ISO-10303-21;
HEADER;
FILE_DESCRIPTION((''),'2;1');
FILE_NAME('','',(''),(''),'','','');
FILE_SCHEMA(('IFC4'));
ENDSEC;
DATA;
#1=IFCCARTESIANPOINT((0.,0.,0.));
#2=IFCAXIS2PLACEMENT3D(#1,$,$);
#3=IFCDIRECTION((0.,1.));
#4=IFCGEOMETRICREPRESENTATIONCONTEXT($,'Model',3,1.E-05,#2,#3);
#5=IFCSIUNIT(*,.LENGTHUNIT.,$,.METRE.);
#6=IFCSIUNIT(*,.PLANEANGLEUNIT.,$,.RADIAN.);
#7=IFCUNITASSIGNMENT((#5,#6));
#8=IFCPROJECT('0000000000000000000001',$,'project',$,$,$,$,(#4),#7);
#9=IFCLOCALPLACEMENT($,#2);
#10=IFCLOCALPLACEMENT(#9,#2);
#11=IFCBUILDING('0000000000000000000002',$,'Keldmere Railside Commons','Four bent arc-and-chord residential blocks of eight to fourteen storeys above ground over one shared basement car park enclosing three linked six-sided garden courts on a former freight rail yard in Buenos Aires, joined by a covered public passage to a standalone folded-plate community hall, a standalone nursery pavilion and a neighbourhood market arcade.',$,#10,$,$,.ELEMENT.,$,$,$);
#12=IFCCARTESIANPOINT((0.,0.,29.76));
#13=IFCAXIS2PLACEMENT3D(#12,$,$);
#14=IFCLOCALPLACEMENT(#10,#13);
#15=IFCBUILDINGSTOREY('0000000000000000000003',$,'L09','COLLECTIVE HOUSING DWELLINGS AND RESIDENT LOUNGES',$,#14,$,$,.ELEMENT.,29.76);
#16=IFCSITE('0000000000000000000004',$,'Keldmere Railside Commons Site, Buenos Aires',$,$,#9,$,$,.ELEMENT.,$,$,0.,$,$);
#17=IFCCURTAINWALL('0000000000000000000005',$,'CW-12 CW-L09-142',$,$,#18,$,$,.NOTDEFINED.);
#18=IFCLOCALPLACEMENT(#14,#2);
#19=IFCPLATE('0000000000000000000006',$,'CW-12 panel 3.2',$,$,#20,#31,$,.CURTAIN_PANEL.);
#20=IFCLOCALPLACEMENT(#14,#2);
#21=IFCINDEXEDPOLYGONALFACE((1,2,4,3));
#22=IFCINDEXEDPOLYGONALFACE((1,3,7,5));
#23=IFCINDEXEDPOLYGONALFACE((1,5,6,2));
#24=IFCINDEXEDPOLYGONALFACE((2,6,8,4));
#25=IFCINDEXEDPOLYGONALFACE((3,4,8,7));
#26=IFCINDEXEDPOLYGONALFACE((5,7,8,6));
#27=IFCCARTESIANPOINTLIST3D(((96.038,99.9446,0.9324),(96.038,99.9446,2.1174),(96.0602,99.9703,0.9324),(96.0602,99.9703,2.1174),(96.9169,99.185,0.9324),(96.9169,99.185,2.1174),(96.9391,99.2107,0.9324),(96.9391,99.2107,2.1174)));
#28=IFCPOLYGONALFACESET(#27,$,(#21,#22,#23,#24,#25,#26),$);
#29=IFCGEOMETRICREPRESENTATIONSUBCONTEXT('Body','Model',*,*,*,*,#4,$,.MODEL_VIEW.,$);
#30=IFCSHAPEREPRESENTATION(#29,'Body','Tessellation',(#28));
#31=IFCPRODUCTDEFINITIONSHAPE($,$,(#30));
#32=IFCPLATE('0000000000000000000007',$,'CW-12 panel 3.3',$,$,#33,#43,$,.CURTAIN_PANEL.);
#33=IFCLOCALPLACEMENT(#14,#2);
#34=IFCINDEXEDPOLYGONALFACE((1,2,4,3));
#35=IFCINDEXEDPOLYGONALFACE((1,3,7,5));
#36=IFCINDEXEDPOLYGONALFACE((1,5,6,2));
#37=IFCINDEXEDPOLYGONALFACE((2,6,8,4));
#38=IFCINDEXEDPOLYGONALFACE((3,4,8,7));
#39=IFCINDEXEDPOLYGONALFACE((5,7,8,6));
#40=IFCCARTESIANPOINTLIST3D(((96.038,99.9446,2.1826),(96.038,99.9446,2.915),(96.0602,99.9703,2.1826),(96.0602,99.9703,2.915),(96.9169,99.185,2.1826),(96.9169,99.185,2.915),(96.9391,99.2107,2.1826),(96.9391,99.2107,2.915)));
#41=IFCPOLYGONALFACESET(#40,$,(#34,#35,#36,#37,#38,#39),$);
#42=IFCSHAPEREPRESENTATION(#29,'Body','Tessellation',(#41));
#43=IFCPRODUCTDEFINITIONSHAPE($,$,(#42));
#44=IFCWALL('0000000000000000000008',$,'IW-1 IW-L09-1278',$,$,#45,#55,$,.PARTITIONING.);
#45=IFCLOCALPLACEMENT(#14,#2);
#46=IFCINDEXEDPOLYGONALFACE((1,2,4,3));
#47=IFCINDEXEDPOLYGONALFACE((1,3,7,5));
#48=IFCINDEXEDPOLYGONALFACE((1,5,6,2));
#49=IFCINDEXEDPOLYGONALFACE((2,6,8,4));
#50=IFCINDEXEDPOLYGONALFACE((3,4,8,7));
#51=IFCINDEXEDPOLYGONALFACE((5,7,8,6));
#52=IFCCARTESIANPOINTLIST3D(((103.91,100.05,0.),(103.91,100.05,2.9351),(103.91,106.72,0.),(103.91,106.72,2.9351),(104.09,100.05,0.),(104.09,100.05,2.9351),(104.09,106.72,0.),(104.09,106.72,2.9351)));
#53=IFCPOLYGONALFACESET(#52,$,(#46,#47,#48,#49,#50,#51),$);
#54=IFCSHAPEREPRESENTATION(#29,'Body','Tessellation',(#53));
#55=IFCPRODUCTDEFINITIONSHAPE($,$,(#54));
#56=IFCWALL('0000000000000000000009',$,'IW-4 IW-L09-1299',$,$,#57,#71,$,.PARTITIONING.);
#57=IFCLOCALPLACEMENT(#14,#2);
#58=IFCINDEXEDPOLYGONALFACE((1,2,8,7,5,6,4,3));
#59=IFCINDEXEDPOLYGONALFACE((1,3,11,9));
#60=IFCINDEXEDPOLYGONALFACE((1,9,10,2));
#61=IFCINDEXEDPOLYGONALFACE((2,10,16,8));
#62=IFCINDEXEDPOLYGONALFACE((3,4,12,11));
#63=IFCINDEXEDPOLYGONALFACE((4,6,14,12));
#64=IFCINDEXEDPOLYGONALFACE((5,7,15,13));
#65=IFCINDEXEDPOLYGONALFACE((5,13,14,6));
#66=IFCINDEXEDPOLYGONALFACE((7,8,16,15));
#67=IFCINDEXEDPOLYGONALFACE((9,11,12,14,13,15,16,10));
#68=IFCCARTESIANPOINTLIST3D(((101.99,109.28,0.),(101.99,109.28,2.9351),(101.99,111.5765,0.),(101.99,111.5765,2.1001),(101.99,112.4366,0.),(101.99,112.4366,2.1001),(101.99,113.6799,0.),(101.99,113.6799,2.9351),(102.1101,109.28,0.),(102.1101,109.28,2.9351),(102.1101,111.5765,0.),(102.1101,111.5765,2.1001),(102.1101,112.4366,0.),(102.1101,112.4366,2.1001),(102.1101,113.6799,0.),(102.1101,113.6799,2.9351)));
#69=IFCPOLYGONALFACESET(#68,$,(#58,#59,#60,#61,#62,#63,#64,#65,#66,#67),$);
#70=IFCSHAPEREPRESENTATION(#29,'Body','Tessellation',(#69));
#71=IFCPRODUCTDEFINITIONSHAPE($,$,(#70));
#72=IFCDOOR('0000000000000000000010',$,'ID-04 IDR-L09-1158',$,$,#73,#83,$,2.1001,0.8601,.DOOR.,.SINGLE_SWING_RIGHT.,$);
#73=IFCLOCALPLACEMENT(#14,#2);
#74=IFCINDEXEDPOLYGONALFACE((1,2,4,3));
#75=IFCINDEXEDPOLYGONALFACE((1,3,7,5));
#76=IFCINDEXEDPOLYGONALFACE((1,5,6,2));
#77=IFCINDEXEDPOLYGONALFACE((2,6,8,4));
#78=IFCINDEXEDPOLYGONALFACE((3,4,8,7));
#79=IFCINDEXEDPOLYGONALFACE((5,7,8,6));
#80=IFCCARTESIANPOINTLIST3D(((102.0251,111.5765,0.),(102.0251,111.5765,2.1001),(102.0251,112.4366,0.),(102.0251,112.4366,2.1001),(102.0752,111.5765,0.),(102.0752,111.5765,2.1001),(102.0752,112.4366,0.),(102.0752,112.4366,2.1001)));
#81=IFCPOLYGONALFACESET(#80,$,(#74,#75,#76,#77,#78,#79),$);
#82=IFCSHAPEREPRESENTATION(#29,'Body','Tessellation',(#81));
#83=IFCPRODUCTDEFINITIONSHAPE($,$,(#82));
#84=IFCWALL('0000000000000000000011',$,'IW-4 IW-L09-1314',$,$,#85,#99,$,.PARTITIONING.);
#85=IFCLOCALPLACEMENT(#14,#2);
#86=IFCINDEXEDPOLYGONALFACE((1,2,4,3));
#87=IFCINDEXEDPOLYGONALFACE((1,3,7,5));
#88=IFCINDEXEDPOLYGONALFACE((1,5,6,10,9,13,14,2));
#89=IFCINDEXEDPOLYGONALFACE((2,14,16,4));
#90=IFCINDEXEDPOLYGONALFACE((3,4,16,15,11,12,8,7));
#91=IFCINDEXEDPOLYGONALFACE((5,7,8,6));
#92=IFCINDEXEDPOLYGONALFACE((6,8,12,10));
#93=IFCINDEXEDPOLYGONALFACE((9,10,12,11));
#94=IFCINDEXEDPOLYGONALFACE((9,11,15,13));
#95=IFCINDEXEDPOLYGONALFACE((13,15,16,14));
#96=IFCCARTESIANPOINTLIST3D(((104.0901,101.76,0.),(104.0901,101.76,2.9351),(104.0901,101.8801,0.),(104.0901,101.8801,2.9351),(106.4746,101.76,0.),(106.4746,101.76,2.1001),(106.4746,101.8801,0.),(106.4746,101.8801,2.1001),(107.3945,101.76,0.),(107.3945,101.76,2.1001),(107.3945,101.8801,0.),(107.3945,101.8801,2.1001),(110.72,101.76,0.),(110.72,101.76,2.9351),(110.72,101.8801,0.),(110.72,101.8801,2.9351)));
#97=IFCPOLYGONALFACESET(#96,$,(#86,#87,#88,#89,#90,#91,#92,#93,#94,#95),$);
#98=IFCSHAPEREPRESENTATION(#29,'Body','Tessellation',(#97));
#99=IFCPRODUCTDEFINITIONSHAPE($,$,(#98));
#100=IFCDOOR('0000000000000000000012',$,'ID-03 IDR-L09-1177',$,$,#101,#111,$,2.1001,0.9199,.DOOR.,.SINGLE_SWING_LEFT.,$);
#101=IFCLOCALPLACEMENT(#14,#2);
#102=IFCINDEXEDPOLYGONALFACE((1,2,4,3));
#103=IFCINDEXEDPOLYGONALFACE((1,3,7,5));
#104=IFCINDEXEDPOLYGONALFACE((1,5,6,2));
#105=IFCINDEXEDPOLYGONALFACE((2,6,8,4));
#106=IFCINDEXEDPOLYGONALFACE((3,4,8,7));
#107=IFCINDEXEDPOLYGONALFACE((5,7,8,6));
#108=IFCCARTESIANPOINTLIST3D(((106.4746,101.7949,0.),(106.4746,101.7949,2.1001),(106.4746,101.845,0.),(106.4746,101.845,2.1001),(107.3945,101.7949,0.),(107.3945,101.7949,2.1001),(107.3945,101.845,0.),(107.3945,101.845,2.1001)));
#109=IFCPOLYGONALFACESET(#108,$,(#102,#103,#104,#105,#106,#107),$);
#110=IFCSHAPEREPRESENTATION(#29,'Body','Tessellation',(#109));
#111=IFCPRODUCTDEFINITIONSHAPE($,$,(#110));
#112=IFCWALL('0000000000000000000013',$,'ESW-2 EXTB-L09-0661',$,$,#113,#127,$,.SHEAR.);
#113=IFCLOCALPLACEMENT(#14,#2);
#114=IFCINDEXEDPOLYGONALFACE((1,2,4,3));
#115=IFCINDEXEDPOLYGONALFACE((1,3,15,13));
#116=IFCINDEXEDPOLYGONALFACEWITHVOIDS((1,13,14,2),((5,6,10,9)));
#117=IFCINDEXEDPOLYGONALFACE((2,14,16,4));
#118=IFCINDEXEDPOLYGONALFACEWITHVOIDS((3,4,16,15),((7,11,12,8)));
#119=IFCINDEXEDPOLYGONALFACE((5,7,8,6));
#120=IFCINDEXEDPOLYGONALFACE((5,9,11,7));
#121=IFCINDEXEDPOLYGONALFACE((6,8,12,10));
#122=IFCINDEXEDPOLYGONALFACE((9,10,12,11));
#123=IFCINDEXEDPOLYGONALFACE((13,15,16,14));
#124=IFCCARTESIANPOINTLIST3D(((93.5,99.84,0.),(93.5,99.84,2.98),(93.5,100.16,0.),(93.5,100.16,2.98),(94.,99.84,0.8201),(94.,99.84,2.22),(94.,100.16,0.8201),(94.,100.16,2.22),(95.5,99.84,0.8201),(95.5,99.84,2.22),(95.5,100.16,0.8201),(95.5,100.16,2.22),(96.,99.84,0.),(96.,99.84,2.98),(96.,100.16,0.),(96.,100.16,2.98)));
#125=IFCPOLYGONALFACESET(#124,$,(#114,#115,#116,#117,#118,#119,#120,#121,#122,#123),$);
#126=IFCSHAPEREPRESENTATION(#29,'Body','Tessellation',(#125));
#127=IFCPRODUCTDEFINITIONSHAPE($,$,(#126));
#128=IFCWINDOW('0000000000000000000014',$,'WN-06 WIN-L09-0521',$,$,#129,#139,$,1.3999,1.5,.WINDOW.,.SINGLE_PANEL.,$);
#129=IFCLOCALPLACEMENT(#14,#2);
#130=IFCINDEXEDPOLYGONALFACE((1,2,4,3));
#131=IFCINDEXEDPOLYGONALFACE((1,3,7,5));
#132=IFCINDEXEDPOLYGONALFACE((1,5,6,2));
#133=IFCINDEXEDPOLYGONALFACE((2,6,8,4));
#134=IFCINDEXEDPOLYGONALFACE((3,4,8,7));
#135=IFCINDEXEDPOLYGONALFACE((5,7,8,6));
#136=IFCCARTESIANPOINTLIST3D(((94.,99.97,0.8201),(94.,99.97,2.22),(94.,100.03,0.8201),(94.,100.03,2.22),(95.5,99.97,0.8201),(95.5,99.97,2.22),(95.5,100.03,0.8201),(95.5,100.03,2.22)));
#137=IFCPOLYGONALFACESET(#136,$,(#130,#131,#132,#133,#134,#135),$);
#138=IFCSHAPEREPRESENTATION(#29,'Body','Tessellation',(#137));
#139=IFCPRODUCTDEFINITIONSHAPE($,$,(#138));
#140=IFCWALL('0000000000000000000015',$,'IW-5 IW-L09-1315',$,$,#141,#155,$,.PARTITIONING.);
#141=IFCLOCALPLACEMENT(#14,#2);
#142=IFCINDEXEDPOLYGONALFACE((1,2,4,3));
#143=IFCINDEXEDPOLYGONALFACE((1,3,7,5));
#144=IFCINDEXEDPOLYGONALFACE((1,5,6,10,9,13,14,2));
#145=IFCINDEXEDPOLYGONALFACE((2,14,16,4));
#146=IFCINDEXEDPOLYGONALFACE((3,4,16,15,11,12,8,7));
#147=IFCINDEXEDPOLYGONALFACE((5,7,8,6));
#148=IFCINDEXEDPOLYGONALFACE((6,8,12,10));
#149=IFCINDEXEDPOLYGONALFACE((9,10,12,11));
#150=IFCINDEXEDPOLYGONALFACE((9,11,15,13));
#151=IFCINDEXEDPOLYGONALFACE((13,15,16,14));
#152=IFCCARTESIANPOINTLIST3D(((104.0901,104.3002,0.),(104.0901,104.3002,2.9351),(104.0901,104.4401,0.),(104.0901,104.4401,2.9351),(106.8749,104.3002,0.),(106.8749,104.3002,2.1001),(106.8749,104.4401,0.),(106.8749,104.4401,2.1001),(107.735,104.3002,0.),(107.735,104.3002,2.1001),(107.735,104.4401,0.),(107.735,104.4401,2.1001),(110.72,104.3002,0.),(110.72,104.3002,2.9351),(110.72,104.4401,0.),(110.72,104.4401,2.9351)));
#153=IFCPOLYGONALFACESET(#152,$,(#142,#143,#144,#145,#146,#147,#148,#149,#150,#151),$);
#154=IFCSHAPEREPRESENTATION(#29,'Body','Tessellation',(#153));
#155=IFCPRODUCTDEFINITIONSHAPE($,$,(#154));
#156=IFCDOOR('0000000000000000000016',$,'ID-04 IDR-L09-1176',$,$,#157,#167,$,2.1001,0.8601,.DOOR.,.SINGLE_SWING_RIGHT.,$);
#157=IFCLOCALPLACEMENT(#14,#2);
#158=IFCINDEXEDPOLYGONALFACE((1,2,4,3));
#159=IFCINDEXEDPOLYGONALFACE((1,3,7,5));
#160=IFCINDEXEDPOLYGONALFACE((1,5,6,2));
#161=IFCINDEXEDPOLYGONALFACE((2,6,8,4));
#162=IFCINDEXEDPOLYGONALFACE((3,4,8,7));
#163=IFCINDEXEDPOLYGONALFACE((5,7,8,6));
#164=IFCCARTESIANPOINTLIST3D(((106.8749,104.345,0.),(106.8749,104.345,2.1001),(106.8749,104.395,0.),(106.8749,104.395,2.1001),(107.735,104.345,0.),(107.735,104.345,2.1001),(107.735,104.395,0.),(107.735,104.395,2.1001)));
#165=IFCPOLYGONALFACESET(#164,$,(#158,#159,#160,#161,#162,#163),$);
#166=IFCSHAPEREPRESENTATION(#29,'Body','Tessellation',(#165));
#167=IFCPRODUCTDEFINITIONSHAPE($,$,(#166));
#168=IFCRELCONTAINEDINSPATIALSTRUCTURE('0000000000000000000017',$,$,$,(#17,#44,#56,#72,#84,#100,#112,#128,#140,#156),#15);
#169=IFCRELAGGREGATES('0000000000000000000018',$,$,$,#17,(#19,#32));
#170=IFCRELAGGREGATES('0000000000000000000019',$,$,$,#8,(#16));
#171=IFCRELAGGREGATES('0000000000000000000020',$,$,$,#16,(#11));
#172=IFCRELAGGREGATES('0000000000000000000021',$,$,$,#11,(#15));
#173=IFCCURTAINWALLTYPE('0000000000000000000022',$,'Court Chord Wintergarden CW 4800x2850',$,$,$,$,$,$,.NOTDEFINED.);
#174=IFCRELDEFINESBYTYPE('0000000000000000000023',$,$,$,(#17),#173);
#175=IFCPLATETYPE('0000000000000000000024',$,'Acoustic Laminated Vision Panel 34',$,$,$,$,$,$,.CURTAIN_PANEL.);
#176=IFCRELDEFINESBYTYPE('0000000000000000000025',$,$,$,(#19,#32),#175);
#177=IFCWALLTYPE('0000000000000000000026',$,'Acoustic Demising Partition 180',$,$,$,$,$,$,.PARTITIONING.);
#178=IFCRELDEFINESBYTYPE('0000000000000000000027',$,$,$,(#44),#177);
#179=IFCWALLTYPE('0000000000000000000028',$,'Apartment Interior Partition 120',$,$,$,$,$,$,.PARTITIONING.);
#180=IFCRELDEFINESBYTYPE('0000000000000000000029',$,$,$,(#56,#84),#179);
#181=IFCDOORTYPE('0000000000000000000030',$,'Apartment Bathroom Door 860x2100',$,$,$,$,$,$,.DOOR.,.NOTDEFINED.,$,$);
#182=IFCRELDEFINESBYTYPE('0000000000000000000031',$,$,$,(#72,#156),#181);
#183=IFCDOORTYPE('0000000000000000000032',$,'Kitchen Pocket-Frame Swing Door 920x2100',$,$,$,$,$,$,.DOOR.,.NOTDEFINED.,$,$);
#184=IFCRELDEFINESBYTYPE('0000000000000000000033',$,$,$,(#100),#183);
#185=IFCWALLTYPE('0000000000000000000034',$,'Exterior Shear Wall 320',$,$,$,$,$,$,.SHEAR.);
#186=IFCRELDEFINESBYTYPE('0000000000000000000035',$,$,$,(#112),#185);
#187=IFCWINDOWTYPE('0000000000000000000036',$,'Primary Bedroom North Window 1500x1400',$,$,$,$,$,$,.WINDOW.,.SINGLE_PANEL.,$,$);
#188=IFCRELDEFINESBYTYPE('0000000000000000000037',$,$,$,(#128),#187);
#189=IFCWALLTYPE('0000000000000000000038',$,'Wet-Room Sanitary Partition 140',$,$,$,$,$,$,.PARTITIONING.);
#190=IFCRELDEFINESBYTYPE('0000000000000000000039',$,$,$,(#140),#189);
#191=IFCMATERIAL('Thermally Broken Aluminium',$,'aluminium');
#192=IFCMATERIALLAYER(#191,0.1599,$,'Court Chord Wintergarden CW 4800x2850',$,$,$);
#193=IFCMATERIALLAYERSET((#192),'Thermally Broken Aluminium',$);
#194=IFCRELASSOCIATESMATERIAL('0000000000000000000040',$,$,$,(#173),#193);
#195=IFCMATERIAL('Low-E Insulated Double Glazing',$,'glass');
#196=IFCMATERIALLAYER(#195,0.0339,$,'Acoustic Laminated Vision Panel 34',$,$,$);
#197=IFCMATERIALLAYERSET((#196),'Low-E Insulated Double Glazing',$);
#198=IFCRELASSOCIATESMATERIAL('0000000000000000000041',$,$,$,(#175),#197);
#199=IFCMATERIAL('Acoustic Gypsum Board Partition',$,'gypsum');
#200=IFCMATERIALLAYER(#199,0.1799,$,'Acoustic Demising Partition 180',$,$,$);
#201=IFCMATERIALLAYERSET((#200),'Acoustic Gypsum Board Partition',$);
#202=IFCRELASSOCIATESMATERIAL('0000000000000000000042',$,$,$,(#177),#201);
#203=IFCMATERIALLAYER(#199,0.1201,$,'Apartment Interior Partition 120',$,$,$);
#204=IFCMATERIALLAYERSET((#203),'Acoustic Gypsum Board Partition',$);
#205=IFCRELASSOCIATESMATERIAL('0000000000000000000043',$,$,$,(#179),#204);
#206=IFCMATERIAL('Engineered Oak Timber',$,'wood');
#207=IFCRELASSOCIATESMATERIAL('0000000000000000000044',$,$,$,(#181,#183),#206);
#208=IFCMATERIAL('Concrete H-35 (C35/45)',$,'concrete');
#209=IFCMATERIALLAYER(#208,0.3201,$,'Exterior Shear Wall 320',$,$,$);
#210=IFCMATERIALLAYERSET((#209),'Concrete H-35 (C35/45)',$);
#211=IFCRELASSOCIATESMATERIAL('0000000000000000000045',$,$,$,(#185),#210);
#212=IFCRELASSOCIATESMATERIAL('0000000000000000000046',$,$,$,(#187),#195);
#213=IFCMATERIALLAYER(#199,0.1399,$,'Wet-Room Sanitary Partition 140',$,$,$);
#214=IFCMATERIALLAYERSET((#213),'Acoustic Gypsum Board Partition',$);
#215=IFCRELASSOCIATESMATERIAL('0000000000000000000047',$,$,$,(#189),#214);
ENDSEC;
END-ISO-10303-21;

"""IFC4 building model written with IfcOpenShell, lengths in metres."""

from ifc_helpers import new_model, si_unit, direction, frame, frame_2d, origin, origin_2d, place, context, subcontext, project, spatial, rectangle, extrude, material, layer, layer_set, type_object, element, fill, aggregate, save


model = new_model("IFC4")

# Units and contexts
model_context = context("Model", 3, precision=1e-05, world=origin(), true_north=direction((0.0, 1.0)))
body_context = subcontext(model_context, "Body", "Model", "MODEL_VIEW")
ifc_project = project(units=[si_unit("LENGTHUNIT", "METRE"), si_unit("PLANEANGLEUNIT", "RADIAN")], contexts=[model_context])

# Site, building, storey
site_placement = place(None, origin())
site = spatial("IfcSite", under=ifc_project, at=site_placement, Name="Keldmere Railside Commons Site, Buenos Aires", CompositionType="ELEMENT", RefElevation=0.0)
building_placement = place(site_placement, origin())
building = spatial("IfcBuilding", under=site, at=building_placement, Name="Keldmere Railside Commons", Description="Four bent arc-and-chord residential blocks of eight to fourteen storeys above ground over one shared basement car park enclosing three linked six-sided garden courts on a former freight rail yard in Buenos Aires, joined by a covered public passage to a standalone folded-plate community hall, a standalone nursery pavilion and a neighbourhood market arcade.", CompositionType="ELEMENT")
storey_placement = place(building_placement, frame((0.0, 0.0, 29.76)))
storey = spatial("IfcBuildingStorey", under=building, at=storey_placement, Name="L09", Description="COLLECTIVE HOUSING DWELLINGS AND RESIDENT LOUNGES", CompositionType="ELEMENT", Elevation=29.76)

# Shared definitions
ifc_material_1 = material(Name="Concrete H-35 (C35/45)", Category="concrete")

# Curtain wall, plates
ifc_material_2 = material(Name="Thermally Broken Aluminium", Category="aluminium")
ifc_layer_1 = layer(ifc_material_2, 0.1599, Name="Court Chord Wintergarden CW 4800x2850")
ifc_layer_set_1 = layer_set([ifc_layer_1], Name="Thermally Broken Aluminium")
curtain_wall_type = type_object("IfcCurtainWallType", Name="Court Chord Wintergarden CW 4800x2850", PredefinedType="NOTDEFINED", material=ifc_layer_set_1)
curtain_wall_placement = place(storey_placement, origin())
curtain_wall = element("IfcCurtainWall", 1, at=curtain_wall_placement, inside=storey, type_object=curtain_wall_type, Name="CW-12 CW-L09-142", PredefinedType="NOTDEFINED")
ifc_material_3 = material(Name="Low-E Insulated Double Glazing", Category="glass")
ifc_layer_2 = layer(ifc_material_3, 0.0339, Name="Acoustic Laminated Vision Panel 34")
ifc_layer_set_2 = layer_set([ifc_layer_2], Name="Low-E Insulated Double Glazing")
plate_type = type_object("IfcPlateType", Name="Acoustic Laminated Vision Panel 34", PredefinedType="CURTAIN_PANEL", material=ifc_layer_set_2)
plate_1_placement = place(storey_placement, frame((96.4885, 99.5776, 0.9324), z_axis=(0.0, 0.0, 1.0), x_axis=(-0.756597, 0.653882, 0.0)))
plate_1 = element("IfcPlate", 2, at=plate_1_placement, type_object=plate_type, Name="CW-12 panel 3.2", PredefinedType="CURTAIN_PANEL", context=body_context, shape_type="SweptSolid", body=[
    extrude(rectangle(XDim=1.1616, YDim=0.0339, at=origin_2d()), origin(), (0.0, 0.0, 1.0), 1.1851),
])
plate_2_placement = place(storey_placement, frame((96.4885, 99.5776, 2.1826), z_axis=(0.0, 0.0, 1.0), x_axis=(-0.756597, 0.653882, 0.0)))
plate_2 = element("IfcPlate", 3, at=plate_2_placement, type_object=plate_type, Name="CW-12 panel 3.3", PredefinedType="CURTAIN_PANEL", context=body_context, shape_type="SweptSolid", body=[
    extrude(rectangle(XDim=1.1616, YDim=0.0339, at=origin_2d()), origin(), (0.0, 0.0, 1.0), 0.7324),
])
aggregate(curtain_wall, [plate_1, plate_2])

# Wall
ifc_material_4 = material(Name="Acoustic Gypsum Board Partition", Category="gypsum")
ifc_layer_3 = layer(ifc_material_4, 0.1799, Name="Acoustic Demising Partition 180")
ifc_layer_set_3 = layer_set([ifc_layer_3], Name="Acoustic Gypsum Board Partition")
wall_type_1 = type_object("IfcWallType", Name="Acoustic Demising Partition 180", PredefinedType="PARTITIONING", material=ifc_layer_set_3)
wall_1_placement = place(storey_placement, frame((104.0, 100.05, 0.0), z_axis=(0.0, 0.0, 1.0), x_axis=(0.0, 1.0, 0.0)))
element("IfcWall", 4, at=wall_1_placement, inside=storey, type_object=wall_type_1, Name="IW-1 IW-L09-1278", PredefinedType="PARTITIONING", context=body_context, shape_type="SweptSolid", body=[
    extrude(rectangle(XDim=6.6699, YDim=0.1799, at=frame_2d((3.335, 0.0))), origin(), (0.0, 0.0, 1.0), 2.9351),
])

# Walls, openings, doors
ifc_layer_4 = layer(ifc_material_4, 0.1201, Name="Apartment Interior Partition 120")
ifc_layer_set_4 = layer_set([ifc_layer_4], Name="Acoustic Gypsum Board Partition")
wall_type_2 = type_object("IfcWallType", Name="Apartment Interior Partition 120", PredefinedType="PARTITIONING", material=ifc_layer_set_4)
wall_2_placement = place(storey_placement, frame((102.05, 109.28, 0.0), z_axis=(0.0, 0.0, 1.0), x_axis=(0.0, 1.0, 0.0)))
wall_2 = element("IfcWall", 5, at=wall_2_placement, inside=storey, type_object=wall_type_2, Name="IW-4 IW-L09-1299", PredefinedType="PARTITIONING", context=body_context, shape_type="SweptSolid", body=[
    extrude(rectangle(XDim=4.3999, YDim=0.1201, at=frame_2d((2.2, 0.0))), origin(), (0.0, 0.0, 1.0), 2.9351),
])
opening_1_placement = place(wall_2_placement, frame((2.2964, 0.0, 0.0)))
opening_1 = element("IfcOpeningElement", 6, at=opening_1_placement, cuts=wall_2, PredefinedType="OPENING", context=body_context, shape_type="SweptSolid", body=[
    extrude(rectangle(XDim=0.8601, YDim=2.1001, at=frame_2d((0.4302, 1.05))), frame((0.0, 0.0701, 0.0), z_axis=(0.0, -1.0, 0.0), x_axis=(1.0, 0.0, 0.0)), (0.0, 0.0, 1.0), 0.1401),
])
ifc_material_5 = material(Name="Engineered Oak Timber", Category="wood")
door_type_1 = type_object("IfcDoorType", Name="Apartment Bathroom Door 860x2100", OperationType="NOTDEFINED", PredefinedType="DOOR", material=ifc_material_5)
door_1_placement = place(opening_1_placement, origin())
door_1 = element("IfcDoor", 7, at=door_1_placement, inside=storey, type_object=door_type_1, Name="ID-04 IDR-L09-1158", OperationType="SINGLE_SWING_RIGHT", OverallHeight=2.1001, OverallWidth=0.8601, PredefinedType="DOOR", context=body_context, shape_type="SweptSolid", body=[
    extrude(rectangle(XDim=0.8601, YDim=2.1001, at=frame_2d((0.4302, 1.05))), frame((0.0, 0.0249, 0.0), z_axis=(0.0, -1.0, 0.0), x_axis=(1.0, 0.0, 0.0)), (0.0, 0.0, 1.0), 0.05),
])
fill(opening_1, door_1)
wall_3_placement = place(storey_placement, frame((104.0901, 101.8201, 0.0), z_axis=(0.0, 0.0, 1.0), x_axis=(1.0, 0.0, 0.0)))
wall_3 = element("IfcWall", 8, at=wall_3_placement, inside=storey, type_object=wall_type_2, Name="IW-4 IW-L09-1314", PredefinedType="PARTITIONING", context=body_context, shape_type="SweptSolid", body=[
    extrude(rectangle(XDim=6.6299, YDim=0.1201, at=frame_2d((3.3149, 0.0))), origin(), (0.0, 0.0, 1.0), 2.9351),
])
opening_2_placement = place(wall_3_placement, frame((2.3845, 0.0, 0.0)))
opening_2 = element("IfcOpeningElement", 9, at=opening_2_placement, cuts=wall_3, PredefinedType="OPENING", context=body_context, shape_type="SweptSolid", body=[
    extrude(rectangle(XDim=0.9199, YDim=2.1001, at=frame_2d((0.46, 1.05))), frame((0.0, 0.0701, 0.0), z_axis=(0.0, -1.0, 0.0), x_axis=(1.0, 0.0, 0.0)), (0.0, 0.0, 1.0), 0.1401),
])
door_type_2 = type_object("IfcDoorType", Name="Kitchen Pocket-Frame Swing Door 920x2100", OperationType="NOTDEFINED", PredefinedType="DOOR", material=ifc_material_5)
door_2_placement = place(opening_2_placement, origin())
door_2 = element("IfcDoor", 10, at=door_2_placement, inside=storey, type_object=door_type_2, Name="ID-03 IDR-L09-1177", OperationType="SINGLE_SWING_LEFT", OverallHeight=2.1001, OverallWidth=0.9199, PredefinedType="DOOR", context=body_context, shape_type="SweptSolid", body=[
    extrude(rectangle(XDim=0.9199, YDim=2.1001, at=frame_2d((0.46, 1.05))), frame((0.0, 0.0249, 0.0), z_axis=(0.0, -1.0, 0.0), x_axis=(1.0, 0.0, 0.0)), (0.0, 0.0, 1.0), 0.05),
])
fill(opening_2, door_2)

# Wall, opening, window
ifc_layer_5 = layer(ifc_material_1, 0.3201, Name="Exterior Shear Wall 320")
ifc_layer_set_5 = layer_set([ifc_layer_5], Name="Concrete H-35 (C35/45)")
wall_type_3 = type_object("IfcWallType", Name="Exterior Shear Wall 320", PredefinedType="SHEAR", material=ifc_layer_set_5)
wall_4_placement = place(storey_placement, frame((96.0, 100.0, 0.0), z_axis=(0.0, 0.0, 1.0), x_axis=(-1.0, 0.0, 0.0)))
wall_4 = element("IfcWall", 11, at=wall_4_placement, inside=storey, type_object=wall_type_3, Name="ESW-2 EXTB-L09-0661", PredefinedType="SHEAR", context=body_context, shape_type="SweptSolid", body=[
    extrude(rectangle(XDim=2.5, YDim=0.3201, at=frame_2d((1.25, 0.0))), origin(), (0.0, 0.0, 1.0), 2.98),
])
opening_3_placement = place(wall_4_placement, frame((0.5, 0.0, 0.8201)))
opening_3 = element("IfcOpeningElement", 12, at=opening_3_placement, cuts=wall_4, PredefinedType="OPENING", context=body_context, shape_type="SweptSolid", body=[
    extrude(rectangle(XDim=1.5, YDim=1.3999, at=frame_2d((0.75, 0.7))), frame((0.0, 0.1699, 0.0), z_axis=(0.0, -1.0, 0.0), x_axis=(1.0, 0.0, 0.0)), (0.0, 0.0, 1.0), 0.3401),
])
window_type = type_object("IfcWindowType", Name="Primary Bedroom North Window 1500x1400", PartitioningType="SINGLE_PANEL", PredefinedType="WINDOW", material=ifc_material_3)
window_placement = place(opening_3_placement, origin())
window = element("IfcWindow", 13, at=window_placement, inside=storey, type_object=window_type, Name="WN-06 WIN-L09-0521", OverallHeight=1.3999, OverallWidth=1.5, PartitioningType="SINGLE_PANEL", PredefinedType="WINDOW", context=body_context, shape_type="SweptSolid", body=[
    extrude(rectangle(XDim=1.5, YDim=1.3999, at=frame_2d((0.75, 0.7))), frame((0.0, 0.03, 0.0), z_axis=(0.0, -1.0, 0.0), x_axis=(1.0, 0.0, 0.0)), (0.0, 0.0, 1.0), 0.0601),
])
fill(opening_3, window)

# Wall, opening, door
ifc_layer_6 = layer(ifc_material_4, 0.1399, Name="Wet-Room Sanitary Partition 140")
ifc_layer_set_6 = layer_set([ifc_layer_6], Name="Acoustic Gypsum Board Partition")
wall_type_4 = type_object("IfcWallType", Name="Wet-Room Sanitary Partition 140", PredefinedType="PARTITIONING", material=ifc_layer_set_6)
wall_5_placement = place(storey_placement, frame((104.0901, 104.3701, 0.0), z_axis=(0.0, 0.0, 1.0), x_axis=(1.0, 0.0, 0.0)))
wall_5 = element("IfcWall", 14, at=wall_5_placement, inside=storey, type_object=wall_type_4, Name="IW-5 IW-L09-1315", PredefinedType="PARTITIONING", context=body_context, shape_type="SweptSolid", body=[
    extrude(rectangle(XDim=6.6299, YDim=0.1399, at=frame_2d((3.3149, 0.0))), origin(), (0.0, 0.0, 1.0), 2.9351),
])
opening_4_placement = place(wall_5_placement, frame((2.7847, 0.0, 0.0)))
opening_4 = element("IfcOpeningElement", 15, at=opening_4_placement, cuts=wall_5, PredefinedType="OPENING", context=body_context, shape_type="SweptSolid", body=[
    extrude(rectangle(XDim=0.8601, YDim=2.1001, at=frame_2d((0.4302, 1.05))), frame((0.0, 0.0798, 0.0), z_axis=(0.0, -1.0, 0.0), x_axis=(1.0, 0.0, 0.0)), (0.0, 0.0, 1.0), 0.1599),
])
door_3_placement = place(opening_4_placement, origin())
door_3 = element("IfcDoor", 16, at=door_3_placement, inside=storey, type_object=door_type_1, Name="ID-04 IDR-L09-1176", OperationType="SINGLE_SWING_RIGHT", OverallHeight=2.1001, OverallWidth=0.8601, PredefinedType="DOOR", context=body_context, shape_type="SweptSolid", body=[
    extrude(rectangle(XDim=0.8601, YDim=2.1001, at=frame_2d((0.4302, 1.05))), frame((0.0, 0.0249, 0.0), z_axis=(0.0, -1.0, 0.0), x_axis=(1.0, 0.0, 0.0)), (0.0, 0.0, 1.0), 0.05),
])
fill(opening_4, door_3)

save(model, "model.ifc")
